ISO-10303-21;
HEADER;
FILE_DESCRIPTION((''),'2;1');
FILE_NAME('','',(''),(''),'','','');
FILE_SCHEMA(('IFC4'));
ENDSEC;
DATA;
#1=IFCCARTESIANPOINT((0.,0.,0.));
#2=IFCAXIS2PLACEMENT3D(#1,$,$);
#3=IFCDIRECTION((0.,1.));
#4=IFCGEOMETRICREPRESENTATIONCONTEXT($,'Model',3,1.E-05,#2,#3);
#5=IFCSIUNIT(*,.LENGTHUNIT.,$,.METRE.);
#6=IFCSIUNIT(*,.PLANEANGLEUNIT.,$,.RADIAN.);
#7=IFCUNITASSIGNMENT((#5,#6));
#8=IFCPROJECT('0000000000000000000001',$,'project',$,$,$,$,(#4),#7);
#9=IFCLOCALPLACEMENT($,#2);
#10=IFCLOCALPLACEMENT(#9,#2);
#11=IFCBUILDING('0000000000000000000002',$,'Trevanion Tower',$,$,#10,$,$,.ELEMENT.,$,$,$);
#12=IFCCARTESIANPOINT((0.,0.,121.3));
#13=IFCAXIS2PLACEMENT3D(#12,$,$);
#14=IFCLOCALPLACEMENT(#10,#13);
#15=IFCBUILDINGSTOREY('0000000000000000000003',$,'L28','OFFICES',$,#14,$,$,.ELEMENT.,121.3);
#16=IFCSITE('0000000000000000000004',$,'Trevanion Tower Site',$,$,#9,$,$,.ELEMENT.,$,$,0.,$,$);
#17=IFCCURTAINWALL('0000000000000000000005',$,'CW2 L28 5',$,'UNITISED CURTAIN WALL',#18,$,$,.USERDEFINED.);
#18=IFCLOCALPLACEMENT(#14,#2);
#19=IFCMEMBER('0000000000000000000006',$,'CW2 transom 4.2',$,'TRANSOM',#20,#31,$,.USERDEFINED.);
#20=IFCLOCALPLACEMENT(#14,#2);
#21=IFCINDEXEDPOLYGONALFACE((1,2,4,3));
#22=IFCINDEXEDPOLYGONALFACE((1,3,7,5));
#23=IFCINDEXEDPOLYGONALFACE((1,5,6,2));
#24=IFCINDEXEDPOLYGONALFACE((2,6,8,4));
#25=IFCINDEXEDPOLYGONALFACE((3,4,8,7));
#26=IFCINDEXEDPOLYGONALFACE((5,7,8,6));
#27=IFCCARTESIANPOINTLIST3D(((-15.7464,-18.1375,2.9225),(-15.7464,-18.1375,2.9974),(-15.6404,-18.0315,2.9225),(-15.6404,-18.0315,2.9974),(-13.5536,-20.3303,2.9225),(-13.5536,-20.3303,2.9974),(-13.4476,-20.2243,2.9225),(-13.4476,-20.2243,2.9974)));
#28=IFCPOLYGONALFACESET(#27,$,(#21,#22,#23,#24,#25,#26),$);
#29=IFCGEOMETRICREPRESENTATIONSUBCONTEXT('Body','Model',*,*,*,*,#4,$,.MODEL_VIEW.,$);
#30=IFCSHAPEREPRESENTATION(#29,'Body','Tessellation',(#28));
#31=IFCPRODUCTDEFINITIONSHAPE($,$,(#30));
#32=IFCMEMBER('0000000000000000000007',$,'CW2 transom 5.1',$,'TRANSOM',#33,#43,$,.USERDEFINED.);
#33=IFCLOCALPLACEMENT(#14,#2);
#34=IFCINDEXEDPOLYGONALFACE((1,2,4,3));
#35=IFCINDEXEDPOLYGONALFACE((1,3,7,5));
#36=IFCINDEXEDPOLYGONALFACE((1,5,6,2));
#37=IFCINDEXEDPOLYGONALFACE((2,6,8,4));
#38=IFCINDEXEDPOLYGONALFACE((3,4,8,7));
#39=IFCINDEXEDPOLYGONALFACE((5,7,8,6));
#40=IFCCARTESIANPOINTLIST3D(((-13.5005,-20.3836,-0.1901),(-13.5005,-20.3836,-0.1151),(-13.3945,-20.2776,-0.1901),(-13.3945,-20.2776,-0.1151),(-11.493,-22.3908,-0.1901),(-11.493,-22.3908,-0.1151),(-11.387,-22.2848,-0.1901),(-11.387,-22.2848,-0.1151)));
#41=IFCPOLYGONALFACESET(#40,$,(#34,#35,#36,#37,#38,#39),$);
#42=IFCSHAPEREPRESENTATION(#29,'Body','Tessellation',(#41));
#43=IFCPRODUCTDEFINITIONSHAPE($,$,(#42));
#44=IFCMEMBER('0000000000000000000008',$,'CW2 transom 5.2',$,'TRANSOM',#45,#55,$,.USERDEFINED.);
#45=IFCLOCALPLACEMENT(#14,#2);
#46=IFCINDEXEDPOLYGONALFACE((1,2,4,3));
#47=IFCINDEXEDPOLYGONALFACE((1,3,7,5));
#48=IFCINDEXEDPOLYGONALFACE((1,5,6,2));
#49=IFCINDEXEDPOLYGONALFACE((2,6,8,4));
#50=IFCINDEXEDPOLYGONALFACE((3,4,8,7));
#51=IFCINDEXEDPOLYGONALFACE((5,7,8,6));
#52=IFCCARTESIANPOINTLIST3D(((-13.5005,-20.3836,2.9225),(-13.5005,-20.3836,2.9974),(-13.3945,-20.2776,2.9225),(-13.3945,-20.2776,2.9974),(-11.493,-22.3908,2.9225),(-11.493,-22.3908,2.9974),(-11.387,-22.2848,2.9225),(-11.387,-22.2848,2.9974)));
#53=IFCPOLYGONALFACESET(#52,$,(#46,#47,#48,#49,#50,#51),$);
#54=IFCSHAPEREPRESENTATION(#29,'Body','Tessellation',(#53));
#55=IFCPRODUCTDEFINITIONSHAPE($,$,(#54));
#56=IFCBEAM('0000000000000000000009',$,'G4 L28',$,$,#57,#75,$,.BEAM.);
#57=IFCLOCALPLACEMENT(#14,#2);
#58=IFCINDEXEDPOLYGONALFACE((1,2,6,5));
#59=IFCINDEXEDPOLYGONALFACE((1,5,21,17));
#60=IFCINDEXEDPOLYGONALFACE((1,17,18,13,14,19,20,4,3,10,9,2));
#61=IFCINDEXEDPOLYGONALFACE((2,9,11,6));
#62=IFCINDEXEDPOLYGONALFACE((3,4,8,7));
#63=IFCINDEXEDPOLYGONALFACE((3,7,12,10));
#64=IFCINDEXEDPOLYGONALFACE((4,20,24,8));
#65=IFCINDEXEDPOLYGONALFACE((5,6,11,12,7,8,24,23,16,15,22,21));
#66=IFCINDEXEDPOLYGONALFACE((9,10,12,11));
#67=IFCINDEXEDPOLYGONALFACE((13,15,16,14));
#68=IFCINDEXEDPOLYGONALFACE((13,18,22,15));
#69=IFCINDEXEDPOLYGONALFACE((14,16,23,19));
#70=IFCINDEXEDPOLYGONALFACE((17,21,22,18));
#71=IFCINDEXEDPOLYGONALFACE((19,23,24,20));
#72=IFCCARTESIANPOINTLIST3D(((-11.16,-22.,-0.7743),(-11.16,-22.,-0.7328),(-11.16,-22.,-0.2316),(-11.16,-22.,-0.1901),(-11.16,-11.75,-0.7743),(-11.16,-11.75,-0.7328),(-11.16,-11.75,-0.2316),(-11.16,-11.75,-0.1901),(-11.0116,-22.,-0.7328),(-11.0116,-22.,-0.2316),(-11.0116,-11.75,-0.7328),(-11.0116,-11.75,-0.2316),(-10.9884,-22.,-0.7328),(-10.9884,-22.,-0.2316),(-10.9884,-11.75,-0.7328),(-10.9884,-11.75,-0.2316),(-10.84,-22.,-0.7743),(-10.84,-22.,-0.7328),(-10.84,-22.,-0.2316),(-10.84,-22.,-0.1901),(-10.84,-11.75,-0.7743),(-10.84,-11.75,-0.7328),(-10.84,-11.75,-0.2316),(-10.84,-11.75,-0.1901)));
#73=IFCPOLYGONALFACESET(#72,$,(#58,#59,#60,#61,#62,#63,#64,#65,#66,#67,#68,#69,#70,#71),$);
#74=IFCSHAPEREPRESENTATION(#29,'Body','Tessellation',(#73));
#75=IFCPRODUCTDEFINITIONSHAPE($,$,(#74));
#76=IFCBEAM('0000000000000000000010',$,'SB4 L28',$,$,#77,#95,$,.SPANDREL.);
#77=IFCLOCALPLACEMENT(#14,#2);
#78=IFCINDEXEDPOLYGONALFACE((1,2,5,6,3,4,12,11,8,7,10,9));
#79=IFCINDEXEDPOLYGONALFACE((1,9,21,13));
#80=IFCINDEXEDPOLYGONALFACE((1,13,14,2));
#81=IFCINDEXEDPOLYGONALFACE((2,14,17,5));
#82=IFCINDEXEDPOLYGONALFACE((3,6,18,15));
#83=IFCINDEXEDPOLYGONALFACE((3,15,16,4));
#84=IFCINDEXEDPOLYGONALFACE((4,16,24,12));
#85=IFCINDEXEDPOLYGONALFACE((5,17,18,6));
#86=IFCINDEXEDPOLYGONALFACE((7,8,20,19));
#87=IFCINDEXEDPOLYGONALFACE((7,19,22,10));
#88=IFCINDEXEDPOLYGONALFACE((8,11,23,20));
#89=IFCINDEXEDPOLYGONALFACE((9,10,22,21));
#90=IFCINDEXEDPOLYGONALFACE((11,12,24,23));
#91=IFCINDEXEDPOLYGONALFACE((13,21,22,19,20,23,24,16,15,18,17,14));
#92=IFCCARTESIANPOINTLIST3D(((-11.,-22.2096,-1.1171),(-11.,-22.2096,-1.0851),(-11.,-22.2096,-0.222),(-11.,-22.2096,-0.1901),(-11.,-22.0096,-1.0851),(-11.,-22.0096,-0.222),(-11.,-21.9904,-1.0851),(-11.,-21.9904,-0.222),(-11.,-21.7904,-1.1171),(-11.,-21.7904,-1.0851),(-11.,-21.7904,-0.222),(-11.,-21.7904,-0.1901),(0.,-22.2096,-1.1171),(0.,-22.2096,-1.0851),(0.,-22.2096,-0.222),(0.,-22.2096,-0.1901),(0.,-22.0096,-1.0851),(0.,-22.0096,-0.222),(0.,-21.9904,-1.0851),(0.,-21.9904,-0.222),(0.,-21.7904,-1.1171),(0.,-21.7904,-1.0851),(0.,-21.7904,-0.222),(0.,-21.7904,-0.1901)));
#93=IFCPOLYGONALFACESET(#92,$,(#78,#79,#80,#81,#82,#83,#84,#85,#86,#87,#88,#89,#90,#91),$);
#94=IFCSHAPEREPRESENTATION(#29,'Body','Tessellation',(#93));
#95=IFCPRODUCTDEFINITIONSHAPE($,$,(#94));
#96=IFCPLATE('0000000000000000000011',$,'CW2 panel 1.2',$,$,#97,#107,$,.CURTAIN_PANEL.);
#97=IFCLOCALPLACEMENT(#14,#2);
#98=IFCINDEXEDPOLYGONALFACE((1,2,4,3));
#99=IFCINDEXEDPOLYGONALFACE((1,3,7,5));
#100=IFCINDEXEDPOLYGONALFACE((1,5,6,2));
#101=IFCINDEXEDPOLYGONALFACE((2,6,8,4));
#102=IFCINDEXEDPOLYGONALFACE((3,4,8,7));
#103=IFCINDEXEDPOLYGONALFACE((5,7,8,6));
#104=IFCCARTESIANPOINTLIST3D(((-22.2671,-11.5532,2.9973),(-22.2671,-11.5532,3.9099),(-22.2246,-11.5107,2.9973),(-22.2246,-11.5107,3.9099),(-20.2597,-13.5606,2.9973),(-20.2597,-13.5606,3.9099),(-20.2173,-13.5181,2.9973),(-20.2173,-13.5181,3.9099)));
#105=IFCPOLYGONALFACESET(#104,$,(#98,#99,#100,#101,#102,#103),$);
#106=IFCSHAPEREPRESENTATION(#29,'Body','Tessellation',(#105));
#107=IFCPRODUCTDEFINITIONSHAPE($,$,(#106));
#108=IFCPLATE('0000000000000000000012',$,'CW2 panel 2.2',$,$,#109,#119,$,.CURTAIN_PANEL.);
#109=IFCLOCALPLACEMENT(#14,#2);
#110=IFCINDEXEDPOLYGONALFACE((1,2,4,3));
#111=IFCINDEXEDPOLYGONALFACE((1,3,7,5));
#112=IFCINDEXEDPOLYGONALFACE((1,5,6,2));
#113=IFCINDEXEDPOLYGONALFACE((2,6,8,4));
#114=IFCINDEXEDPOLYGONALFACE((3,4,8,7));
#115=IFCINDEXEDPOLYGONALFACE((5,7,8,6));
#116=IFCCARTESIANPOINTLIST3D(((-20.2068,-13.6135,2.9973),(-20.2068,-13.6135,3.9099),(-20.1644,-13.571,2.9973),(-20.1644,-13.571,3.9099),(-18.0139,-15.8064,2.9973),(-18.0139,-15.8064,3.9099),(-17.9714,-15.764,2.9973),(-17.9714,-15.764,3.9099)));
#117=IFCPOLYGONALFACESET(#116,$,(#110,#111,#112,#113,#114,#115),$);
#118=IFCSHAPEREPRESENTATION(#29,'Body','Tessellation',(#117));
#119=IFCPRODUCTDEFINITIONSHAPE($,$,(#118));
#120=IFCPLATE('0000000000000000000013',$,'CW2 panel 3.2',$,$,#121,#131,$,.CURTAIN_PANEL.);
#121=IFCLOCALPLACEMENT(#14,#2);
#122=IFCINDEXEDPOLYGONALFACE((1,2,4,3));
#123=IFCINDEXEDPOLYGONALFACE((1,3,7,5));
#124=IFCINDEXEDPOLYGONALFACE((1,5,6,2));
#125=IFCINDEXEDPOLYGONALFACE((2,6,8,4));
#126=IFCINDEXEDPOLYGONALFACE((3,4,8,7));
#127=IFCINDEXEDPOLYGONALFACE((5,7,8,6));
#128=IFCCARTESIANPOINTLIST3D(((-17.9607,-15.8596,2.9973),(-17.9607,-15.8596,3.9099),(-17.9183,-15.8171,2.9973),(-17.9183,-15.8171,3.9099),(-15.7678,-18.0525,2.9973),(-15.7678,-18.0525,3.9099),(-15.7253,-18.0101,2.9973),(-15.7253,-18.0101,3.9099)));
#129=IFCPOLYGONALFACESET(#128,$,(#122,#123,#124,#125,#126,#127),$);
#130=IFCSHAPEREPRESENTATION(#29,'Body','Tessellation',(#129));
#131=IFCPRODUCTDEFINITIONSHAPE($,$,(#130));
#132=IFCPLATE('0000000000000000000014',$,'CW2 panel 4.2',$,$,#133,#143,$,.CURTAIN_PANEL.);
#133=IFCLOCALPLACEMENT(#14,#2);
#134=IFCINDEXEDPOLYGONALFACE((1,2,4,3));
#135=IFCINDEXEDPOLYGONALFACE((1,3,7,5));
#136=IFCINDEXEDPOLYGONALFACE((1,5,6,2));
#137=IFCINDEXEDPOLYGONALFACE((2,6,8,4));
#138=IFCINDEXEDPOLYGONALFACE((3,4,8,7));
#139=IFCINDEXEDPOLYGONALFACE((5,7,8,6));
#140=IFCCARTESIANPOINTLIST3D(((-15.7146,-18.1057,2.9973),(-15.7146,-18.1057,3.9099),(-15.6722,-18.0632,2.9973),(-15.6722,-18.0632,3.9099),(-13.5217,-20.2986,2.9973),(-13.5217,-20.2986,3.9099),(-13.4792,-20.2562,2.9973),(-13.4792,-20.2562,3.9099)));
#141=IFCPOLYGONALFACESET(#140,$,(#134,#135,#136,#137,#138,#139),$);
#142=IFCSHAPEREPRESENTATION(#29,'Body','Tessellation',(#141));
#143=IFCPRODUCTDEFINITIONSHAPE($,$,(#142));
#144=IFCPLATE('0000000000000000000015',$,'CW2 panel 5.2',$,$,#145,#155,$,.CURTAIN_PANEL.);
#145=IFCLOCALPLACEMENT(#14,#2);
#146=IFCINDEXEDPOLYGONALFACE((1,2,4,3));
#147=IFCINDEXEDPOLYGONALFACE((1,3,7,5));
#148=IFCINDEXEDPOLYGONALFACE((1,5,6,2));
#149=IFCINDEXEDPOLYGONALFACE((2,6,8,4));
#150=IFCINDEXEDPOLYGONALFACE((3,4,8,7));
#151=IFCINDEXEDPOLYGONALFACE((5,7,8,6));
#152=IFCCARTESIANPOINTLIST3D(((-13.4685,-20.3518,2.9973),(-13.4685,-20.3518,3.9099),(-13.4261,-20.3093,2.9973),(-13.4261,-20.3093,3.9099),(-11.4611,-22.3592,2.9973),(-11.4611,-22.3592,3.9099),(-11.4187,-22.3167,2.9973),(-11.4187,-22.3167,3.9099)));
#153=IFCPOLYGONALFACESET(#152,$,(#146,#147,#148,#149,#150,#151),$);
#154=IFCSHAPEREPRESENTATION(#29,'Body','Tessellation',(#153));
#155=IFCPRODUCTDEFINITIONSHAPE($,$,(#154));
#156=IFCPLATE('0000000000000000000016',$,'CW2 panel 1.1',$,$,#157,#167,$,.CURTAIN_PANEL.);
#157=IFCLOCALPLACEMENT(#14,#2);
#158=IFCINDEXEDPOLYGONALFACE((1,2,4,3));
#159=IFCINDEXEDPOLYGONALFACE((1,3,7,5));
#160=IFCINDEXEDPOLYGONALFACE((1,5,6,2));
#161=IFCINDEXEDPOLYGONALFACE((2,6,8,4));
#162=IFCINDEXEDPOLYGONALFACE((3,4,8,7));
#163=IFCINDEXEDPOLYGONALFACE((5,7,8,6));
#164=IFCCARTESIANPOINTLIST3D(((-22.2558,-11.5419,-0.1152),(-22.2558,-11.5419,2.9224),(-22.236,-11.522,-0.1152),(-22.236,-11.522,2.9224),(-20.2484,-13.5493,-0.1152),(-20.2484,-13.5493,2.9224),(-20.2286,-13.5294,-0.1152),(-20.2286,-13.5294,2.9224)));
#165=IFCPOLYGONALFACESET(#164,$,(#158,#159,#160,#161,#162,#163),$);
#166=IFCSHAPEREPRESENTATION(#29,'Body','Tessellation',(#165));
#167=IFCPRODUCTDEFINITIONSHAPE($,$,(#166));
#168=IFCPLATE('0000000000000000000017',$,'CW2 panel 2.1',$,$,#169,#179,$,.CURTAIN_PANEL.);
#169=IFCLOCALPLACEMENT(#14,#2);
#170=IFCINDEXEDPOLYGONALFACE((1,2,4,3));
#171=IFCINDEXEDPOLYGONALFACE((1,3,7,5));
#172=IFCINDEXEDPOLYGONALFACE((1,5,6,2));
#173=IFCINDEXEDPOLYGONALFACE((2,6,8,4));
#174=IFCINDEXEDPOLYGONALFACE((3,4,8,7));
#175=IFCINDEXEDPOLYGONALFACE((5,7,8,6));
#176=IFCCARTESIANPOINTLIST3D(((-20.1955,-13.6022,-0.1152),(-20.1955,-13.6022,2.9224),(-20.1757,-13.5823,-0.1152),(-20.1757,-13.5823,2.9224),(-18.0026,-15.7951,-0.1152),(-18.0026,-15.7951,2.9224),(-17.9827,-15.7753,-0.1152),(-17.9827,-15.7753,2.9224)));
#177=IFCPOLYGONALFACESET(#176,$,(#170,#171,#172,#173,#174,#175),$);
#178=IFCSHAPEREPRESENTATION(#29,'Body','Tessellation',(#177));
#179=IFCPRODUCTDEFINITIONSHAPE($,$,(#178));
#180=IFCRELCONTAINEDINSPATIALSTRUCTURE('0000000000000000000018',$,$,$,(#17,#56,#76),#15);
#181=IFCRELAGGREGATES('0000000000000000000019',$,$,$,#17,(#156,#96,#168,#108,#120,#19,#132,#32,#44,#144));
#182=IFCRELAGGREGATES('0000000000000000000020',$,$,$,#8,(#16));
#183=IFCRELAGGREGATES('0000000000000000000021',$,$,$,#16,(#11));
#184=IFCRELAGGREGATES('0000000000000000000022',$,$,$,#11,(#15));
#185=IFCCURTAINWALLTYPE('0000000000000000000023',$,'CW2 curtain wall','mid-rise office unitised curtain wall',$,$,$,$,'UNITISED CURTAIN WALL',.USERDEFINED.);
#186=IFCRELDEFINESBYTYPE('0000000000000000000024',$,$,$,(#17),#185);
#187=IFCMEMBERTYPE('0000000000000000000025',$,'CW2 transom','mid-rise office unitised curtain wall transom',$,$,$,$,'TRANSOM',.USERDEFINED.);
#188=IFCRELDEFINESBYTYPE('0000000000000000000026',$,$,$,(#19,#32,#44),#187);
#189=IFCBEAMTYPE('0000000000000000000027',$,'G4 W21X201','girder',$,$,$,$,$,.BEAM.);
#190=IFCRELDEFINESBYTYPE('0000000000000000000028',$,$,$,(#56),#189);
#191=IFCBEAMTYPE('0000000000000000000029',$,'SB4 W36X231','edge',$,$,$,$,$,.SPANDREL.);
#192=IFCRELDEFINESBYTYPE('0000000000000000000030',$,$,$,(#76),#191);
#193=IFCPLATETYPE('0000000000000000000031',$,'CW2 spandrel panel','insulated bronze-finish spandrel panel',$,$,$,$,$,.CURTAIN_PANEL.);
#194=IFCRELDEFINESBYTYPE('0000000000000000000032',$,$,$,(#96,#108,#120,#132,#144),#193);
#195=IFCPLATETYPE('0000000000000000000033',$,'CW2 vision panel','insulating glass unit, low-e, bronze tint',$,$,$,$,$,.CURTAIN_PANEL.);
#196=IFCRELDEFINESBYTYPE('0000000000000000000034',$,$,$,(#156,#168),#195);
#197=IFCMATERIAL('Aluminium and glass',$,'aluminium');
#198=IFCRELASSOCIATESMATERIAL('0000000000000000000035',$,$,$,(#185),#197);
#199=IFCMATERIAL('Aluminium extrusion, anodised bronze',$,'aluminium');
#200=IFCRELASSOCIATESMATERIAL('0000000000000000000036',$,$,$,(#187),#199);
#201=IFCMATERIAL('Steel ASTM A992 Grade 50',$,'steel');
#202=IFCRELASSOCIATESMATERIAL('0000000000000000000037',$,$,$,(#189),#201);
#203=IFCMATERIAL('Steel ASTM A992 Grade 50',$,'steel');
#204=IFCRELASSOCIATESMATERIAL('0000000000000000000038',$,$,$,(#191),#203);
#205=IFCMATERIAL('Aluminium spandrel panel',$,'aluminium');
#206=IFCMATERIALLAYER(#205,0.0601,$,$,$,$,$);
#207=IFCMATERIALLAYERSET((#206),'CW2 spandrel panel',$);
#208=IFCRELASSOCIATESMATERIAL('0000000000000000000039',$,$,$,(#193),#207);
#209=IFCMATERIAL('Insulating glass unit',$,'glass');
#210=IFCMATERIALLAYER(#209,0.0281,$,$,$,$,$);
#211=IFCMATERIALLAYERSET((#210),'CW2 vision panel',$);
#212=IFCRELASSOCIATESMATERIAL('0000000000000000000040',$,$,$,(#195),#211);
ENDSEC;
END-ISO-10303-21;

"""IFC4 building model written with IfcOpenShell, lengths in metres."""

from ifc_helpers import new_model, si_unit, direction, frame, origin, origin_2d, place, context, subcontext, project, spatial, rectangle, i_section, extrude, material, layer, layer_set, material_profile, profile_set, type_object, element, aggregate, save


model = new_model("IFC4")

# Units and contexts
model_context = context("Model", 3, precision=1e-05, world=origin(), true_north=direction((0.0, 1.0)))
body_context = subcontext(model_context, "Body", "Model", "MODEL_VIEW")
ifc_project = project(units=[si_unit("LENGTHUNIT", "METRE"), si_unit("PLANEANGLEUNIT", "RADIAN")], contexts=[model_context])

# Site, building, storey
site_placement = place(None, origin())
site = spatial("IfcSite", under=ifc_project, at=site_placement, Name="Trevanion Tower Site", CompositionType="ELEMENT", RefElevation=0.0)
building_placement = place(site_placement, origin())
building = spatial("IfcBuilding", under=site, at=building_placement, Name="Trevanion Tower", CompositionType="ELEMENT")
storey_placement = place(building_placement, frame((0.0, 0.0, 121.3)))
storey = spatial("IfcBuildingStorey", under=building, at=storey_placement, Name="L28", Description="OFFICES", CompositionType="ELEMENT", Elevation=121.3)

# Curtain wall, members
ifc_material_1 = material(Name="Aluminium and glass", Category="aluminium")
curtain_wall_type = type_object("IfcCurtainWallType", Name="CW2 curtain wall", Description="mid-rise office unitised curtain wall", ElementType="UNITISED CURTAIN WALL", PredefinedType="USERDEFINED", material=ifc_material_1)
curtain_wall_placement = place(storey_placement, origin())
curtain_wall = element("IfcCurtainWall", 1, at=curtain_wall_placement, inside=storey, type_object=curtain_wall_type, Name="CW2 L28 5", ObjectType="UNITISED CURTAIN WALL", PredefinedType="USERDEFINED")
ifc_material_2 = material(Name="Aluminium extrusion, anodised bronze", Category="aluminium")
ifc_material_profile_1 = material_profile(ifc_material_2, rectangle(XDim=0.1499, YDim=0.075, at=origin_2d()), Name="CW2 transom")
ifc_profile_set_1 = profile_set([ifc_material_profile_1], Name="Aluminium extrusion, anodised bronze")
member_type_1 = type_object("IfcMemberType", Name="CW2 transom", Description="mid-rise office unitised curtain wall transom", ElementType="TRANSOM", PredefinedType="USERDEFINED", material=ifc_profile_set_1)
member_1_placement = place(storey_placement, frame((-15.6934, -18.0845, 2.96), z_axis=(0.707107, -0.707107, 0.0), x_axis=(0.707107, 0.707107, 0.0)))
member_1 = element("IfcMember", 2, at=member_1_placement, type_object=member_type_1, Name="CW2 transom 4.2", ObjectType="TRANSOM", PredefinedType="USERDEFINED", context=body_context, shape_type="SweptSolid", body=[
    extrude(rectangle(XDim=0.1499, YDim=0.075, at=origin_2d()), origin(), (0.0, 0.0, 1.0), 3.1011),
])
member_2_placement = place(storey_placement, frame((-13.4475, -20.3306, -0.1526), z_axis=(0.70715, -0.707064, 0.0), x_axis=(0.707064, 0.70715, 0.0)))
member_2 = element("IfcMember", 3, at=member_2_placement, type_object=member_type_1, Name="CW2 transom 5.1", ObjectType="TRANSOM", PredefinedType="USERDEFINED", context=body_context, shape_type="SweptSolid", body=[
    extrude(rectangle(XDim=0.1499, YDim=0.075, at=origin_2d()), origin(), (0.0, 0.0, 1.0), 2.8389),
])
member_3_placement = place(storey_placement, frame((-13.4475, -20.3306, 2.96), z_axis=(0.70715, -0.707064, 0.0), x_axis=(0.707064, 0.70715, 0.0)))
member_3 = element("IfcMember", 4, at=member_3_placement, type_object=member_type_1, Name="CW2 transom 5.2", ObjectType="TRANSOM", PredefinedType="USERDEFINED", context=body_context, shape_type="SweptSolid", body=[
    extrude(rectangle(XDim=0.1499, YDim=0.075, at=origin_2d()), origin(), (0.0, 0.0, 1.0), 2.8389),
])

# Beams
ifc_material_3 = material(Name="Steel ASTM A992 Grade 50", Category="steel")
ifc_material_profile_2 = material_profile(ifc_material_3, i_section(OverallWidth=0.3201, OverallDepth=0.5842, WebThickness=0.0232, FlangeThickness=0.0415, at=origin_2d()), Name="W21X201")
ifc_profile_set_2 = profile_set([ifc_material_profile_2], Name="Steel ASTM A992 Grade 50")
beam_type_1 = type_object("IfcBeamType", Name="G4 W21X201", Description="girder", PredefinedType="BEAM", material=ifc_profile_set_2)
beam_1_placement = place(storey_placement, frame((-11.0, -11.75, -0.4822), z_axis=(0.0, -1.0, 0.0), x_axis=(1.0, 0.0, 0.0)))
element("IfcBeam", 5, at=beam_1_placement, inside=storey, type_object=beam_type_1, Name="G4 L28", PredefinedType="BEAM", context=body_context, shape_type="SweptSolid", body=[
    extrude(i_section(OverallWidth=0.3201, OverallDepth=0.5842, WebThickness=0.0232, FlangeThickness=0.0415, at=origin_2d()), origin(), (0.0, 0.0, 1.0), 10.25),
])
ifc_material_4 = material(Name="Steel ASTM A992 Grade 50", Category="steel")
ifc_material_profile_3 = material_profile(ifc_material_4, i_section(OverallWidth=0.4192, OverallDepth=0.927, WebThickness=0.0193, FlangeThickness=0.032, at=origin_2d()), Name="W36X231")
ifc_profile_set_3 = profile_set([ifc_material_profile_3], Name="Steel ASTM A992 Grade 50")
beam_type_2 = type_object("IfcBeamType", Name="SB4 W36X231", Description="edge", PredefinedType="SPANDREL", material=ifc_profile_set_3)
beam_2_placement = place(storey_placement, frame((-11.0, -22.0, -0.6536), z_axis=(1.0, 0.0, 0.0), x_axis=(0.0, 1.0, 0.0)))
element("IfcBeam", 6, at=beam_2_placement, inside=storey, type_object=beam_type_2, Name="SB4 L28", PredefinedType="SPANDREL", context=body_context, shape_type="SweptSolid", body=[
    extrude(i_section(OverallWidth=0.4192, OverallDepth=0.927, WebThickness=0.0193, FlangeThickness=0.032, at=origin_2d()), origin(), (0.0, 0.0, 1.0), 11.0),
])

# Plates
ifc_material_5 = material(Name="Aluminium spandrel panel", Category="aluminium")
ifc_layer_1 = layer(ifc_material_5, 0.0601)
ifc_layer_set_1 = layer_set([ifc_layer_1], Name="CW2 spandrel panel")
plate_type_1 = type_object("IfcPlateType", Name="CW2 spandrel panel", Description="insulated bronze-finish spandrel panel", PredefinedType="CURTAIN_PANEL", material=ifc_layer_set_1)
plate_1_placement = place(storey_placement, frame((-21.2422, -12.5356, 2.9973), z_axis=(0.0, 0.0, 1.0), x_axis=(0.707107, -0.707107, 0.0)))
plate_1 = element("IfcPlate", 7, at=plate_1_placement, type_object=plate_type_1, Name="CW2 panel 1.2", PredefinedType="CURTAIN_PANEL", context=body_context, shape_type="SweptSolid", body=[
    extrude(rectangle(XDim=2.8389, YDim=0.0601, at=origin_2d()), origin(), (0.0, 0.0, 1.0), 0.9126),
])
plate_2_placement = place(storey_placement, frame((-19.0891, -14.6887, 2.9973), z_axis=(0.0, 0.0, 1.0), x_axis=(0.707107, -0.707107, 0.0)))
plate_2 = element("IfcPlate", 8, at=plate_2_placement, type_object=plate_type_1, Name="CW2 panel 2.2", PredefinedType="CURTAIN_PANEL", context=body_context, shape_type="SweptSolid", body=[
    extrude(rectangle(XDim=3.1013, YDim=0.0601, at=origin_2d()), origin(), (0.0, 0.0, 1.0), 0.9126),
])
plate_3_placement = place(storey_placement, frame((-16.843, -16.9348, 2.9973), z_axis=(0.0, 0.0, 1.0), x_axis=(0.707107, -0.707107, 0.0)))
plate_3 = element("IfcPlate", 9, at=plate_3_placement, type_object=plate_type_1, Name="CW2 panel 3.2", PredefinedType="CURTAIN_PANEL", context=body_context, shape_type="SweptSolid", body=[
    extrude(rectangle(XDim=3.1013, YDim=0.0601, at=origin_2d()), origin(), (0.0, 0.0, 1.0), 0.9126),
])
plate_4_placement = place(storey_placement, frame((-14.5969, -19.1809, 2.9973), z_axis=(0.0, 0.0, 1.0), x_axis=(0.707107, -0.707107, 0.0)))
plate_4 = element("IfcPlate", 10, at=plate_4_placement, type_object=plate_type_1, Name="CW2 panel 4.2", PredefinedType="CURTAIN_PANEL", context=body_context, shape_type="SweptSolid", body=[
    extrude(rectangle(XDim=3.1013, YDim=0.0601, at=origin_2d()), origin(), (0.0, 0.0, 1.0), 0.9126),
])
plate_5_placement = place(storey_placement, frame((-12.4436, -21.3342, 2.9973), z_axis=(0.0, 0.0, 1.0), x_axis=(0.707107, -0.707107, 0.0)))
plate_5 = element("IfcPlate", 11, at=plate_5_placement, type_object=plate_type_1, Name="CW2 panel 5.2", PredefinedType="CURTAIN_PANEL", context=body_context, shape_type="SweptSolid", body=[
    extrude(rectangle(XDim=2.8389, YDim=0.0601, at=origin_2d()), origin(), (0.0, 0.0, 1.0), 0.9126),
])
ifc_material_6 = material(Name="Insulating glass unit", Category="glass")
ifc_layer_2 = layer(ifc_material_6, 0.0281)
ifc_layer_set_2 = layer_set([ifc_layer_2], Name="CW2 vision panel")
plate_type_2 = type_object("IfcPlateType", Name="CW2 vision panel", Description="insulating glass unit, low-e, bronze tint", PredefinedType="CURTAIN_PANEL", material=ifc_layer_set_2)
plate_6_placement = place(storey_placement, frame((-21.2422, -12.5356, -0.1152), z_axis=(0.0, 0.0, 1.0), x_axis=(0.707107, -0.707107, 0.0)))
plate_6 = element("IfcPlate", 12, at=plate_6_placement, type_object=plate_type_2, Name="CW2 panel 1.1", PredefinedType="CURTAIN_PANEL", context=body_context, shape_type="SweptSolid", body=[
    extrude(rectangle(XDim=2.8389, YDim=0.0281, at=origin_2d()), origin(), (0.0, 0.0, 1.0), 3.0376),
])
plate_7_placement = place(storey_placement, frame((-19.0891, -14.6887, -0.1152), z_axis=(0.0, 0.0, 1.0), x_axis=(0.707107, -0.707107, 0.0)))
plate_7 = element("IfcPlate", 13, at=plate_7_placement, type_object=plate_type_2, Name="CW2 panel 2.1", PredefinedType="CURTAIN_PANEL", context=body_context, shape_type="SweptSolid", body=[
    extrude(rectangle(XDim=3.1013, YDim=0.0281, at=origin_2d()), origin(), (0.0, 0.0, 1.0), 3.0376),
])
aggregate(curtain_wall, [plate_6, plate_1, plate_7, plate_2, plate_3, member_1, plate_4, member_2, member_3, plate_5])

save(model, "model.ifc")
